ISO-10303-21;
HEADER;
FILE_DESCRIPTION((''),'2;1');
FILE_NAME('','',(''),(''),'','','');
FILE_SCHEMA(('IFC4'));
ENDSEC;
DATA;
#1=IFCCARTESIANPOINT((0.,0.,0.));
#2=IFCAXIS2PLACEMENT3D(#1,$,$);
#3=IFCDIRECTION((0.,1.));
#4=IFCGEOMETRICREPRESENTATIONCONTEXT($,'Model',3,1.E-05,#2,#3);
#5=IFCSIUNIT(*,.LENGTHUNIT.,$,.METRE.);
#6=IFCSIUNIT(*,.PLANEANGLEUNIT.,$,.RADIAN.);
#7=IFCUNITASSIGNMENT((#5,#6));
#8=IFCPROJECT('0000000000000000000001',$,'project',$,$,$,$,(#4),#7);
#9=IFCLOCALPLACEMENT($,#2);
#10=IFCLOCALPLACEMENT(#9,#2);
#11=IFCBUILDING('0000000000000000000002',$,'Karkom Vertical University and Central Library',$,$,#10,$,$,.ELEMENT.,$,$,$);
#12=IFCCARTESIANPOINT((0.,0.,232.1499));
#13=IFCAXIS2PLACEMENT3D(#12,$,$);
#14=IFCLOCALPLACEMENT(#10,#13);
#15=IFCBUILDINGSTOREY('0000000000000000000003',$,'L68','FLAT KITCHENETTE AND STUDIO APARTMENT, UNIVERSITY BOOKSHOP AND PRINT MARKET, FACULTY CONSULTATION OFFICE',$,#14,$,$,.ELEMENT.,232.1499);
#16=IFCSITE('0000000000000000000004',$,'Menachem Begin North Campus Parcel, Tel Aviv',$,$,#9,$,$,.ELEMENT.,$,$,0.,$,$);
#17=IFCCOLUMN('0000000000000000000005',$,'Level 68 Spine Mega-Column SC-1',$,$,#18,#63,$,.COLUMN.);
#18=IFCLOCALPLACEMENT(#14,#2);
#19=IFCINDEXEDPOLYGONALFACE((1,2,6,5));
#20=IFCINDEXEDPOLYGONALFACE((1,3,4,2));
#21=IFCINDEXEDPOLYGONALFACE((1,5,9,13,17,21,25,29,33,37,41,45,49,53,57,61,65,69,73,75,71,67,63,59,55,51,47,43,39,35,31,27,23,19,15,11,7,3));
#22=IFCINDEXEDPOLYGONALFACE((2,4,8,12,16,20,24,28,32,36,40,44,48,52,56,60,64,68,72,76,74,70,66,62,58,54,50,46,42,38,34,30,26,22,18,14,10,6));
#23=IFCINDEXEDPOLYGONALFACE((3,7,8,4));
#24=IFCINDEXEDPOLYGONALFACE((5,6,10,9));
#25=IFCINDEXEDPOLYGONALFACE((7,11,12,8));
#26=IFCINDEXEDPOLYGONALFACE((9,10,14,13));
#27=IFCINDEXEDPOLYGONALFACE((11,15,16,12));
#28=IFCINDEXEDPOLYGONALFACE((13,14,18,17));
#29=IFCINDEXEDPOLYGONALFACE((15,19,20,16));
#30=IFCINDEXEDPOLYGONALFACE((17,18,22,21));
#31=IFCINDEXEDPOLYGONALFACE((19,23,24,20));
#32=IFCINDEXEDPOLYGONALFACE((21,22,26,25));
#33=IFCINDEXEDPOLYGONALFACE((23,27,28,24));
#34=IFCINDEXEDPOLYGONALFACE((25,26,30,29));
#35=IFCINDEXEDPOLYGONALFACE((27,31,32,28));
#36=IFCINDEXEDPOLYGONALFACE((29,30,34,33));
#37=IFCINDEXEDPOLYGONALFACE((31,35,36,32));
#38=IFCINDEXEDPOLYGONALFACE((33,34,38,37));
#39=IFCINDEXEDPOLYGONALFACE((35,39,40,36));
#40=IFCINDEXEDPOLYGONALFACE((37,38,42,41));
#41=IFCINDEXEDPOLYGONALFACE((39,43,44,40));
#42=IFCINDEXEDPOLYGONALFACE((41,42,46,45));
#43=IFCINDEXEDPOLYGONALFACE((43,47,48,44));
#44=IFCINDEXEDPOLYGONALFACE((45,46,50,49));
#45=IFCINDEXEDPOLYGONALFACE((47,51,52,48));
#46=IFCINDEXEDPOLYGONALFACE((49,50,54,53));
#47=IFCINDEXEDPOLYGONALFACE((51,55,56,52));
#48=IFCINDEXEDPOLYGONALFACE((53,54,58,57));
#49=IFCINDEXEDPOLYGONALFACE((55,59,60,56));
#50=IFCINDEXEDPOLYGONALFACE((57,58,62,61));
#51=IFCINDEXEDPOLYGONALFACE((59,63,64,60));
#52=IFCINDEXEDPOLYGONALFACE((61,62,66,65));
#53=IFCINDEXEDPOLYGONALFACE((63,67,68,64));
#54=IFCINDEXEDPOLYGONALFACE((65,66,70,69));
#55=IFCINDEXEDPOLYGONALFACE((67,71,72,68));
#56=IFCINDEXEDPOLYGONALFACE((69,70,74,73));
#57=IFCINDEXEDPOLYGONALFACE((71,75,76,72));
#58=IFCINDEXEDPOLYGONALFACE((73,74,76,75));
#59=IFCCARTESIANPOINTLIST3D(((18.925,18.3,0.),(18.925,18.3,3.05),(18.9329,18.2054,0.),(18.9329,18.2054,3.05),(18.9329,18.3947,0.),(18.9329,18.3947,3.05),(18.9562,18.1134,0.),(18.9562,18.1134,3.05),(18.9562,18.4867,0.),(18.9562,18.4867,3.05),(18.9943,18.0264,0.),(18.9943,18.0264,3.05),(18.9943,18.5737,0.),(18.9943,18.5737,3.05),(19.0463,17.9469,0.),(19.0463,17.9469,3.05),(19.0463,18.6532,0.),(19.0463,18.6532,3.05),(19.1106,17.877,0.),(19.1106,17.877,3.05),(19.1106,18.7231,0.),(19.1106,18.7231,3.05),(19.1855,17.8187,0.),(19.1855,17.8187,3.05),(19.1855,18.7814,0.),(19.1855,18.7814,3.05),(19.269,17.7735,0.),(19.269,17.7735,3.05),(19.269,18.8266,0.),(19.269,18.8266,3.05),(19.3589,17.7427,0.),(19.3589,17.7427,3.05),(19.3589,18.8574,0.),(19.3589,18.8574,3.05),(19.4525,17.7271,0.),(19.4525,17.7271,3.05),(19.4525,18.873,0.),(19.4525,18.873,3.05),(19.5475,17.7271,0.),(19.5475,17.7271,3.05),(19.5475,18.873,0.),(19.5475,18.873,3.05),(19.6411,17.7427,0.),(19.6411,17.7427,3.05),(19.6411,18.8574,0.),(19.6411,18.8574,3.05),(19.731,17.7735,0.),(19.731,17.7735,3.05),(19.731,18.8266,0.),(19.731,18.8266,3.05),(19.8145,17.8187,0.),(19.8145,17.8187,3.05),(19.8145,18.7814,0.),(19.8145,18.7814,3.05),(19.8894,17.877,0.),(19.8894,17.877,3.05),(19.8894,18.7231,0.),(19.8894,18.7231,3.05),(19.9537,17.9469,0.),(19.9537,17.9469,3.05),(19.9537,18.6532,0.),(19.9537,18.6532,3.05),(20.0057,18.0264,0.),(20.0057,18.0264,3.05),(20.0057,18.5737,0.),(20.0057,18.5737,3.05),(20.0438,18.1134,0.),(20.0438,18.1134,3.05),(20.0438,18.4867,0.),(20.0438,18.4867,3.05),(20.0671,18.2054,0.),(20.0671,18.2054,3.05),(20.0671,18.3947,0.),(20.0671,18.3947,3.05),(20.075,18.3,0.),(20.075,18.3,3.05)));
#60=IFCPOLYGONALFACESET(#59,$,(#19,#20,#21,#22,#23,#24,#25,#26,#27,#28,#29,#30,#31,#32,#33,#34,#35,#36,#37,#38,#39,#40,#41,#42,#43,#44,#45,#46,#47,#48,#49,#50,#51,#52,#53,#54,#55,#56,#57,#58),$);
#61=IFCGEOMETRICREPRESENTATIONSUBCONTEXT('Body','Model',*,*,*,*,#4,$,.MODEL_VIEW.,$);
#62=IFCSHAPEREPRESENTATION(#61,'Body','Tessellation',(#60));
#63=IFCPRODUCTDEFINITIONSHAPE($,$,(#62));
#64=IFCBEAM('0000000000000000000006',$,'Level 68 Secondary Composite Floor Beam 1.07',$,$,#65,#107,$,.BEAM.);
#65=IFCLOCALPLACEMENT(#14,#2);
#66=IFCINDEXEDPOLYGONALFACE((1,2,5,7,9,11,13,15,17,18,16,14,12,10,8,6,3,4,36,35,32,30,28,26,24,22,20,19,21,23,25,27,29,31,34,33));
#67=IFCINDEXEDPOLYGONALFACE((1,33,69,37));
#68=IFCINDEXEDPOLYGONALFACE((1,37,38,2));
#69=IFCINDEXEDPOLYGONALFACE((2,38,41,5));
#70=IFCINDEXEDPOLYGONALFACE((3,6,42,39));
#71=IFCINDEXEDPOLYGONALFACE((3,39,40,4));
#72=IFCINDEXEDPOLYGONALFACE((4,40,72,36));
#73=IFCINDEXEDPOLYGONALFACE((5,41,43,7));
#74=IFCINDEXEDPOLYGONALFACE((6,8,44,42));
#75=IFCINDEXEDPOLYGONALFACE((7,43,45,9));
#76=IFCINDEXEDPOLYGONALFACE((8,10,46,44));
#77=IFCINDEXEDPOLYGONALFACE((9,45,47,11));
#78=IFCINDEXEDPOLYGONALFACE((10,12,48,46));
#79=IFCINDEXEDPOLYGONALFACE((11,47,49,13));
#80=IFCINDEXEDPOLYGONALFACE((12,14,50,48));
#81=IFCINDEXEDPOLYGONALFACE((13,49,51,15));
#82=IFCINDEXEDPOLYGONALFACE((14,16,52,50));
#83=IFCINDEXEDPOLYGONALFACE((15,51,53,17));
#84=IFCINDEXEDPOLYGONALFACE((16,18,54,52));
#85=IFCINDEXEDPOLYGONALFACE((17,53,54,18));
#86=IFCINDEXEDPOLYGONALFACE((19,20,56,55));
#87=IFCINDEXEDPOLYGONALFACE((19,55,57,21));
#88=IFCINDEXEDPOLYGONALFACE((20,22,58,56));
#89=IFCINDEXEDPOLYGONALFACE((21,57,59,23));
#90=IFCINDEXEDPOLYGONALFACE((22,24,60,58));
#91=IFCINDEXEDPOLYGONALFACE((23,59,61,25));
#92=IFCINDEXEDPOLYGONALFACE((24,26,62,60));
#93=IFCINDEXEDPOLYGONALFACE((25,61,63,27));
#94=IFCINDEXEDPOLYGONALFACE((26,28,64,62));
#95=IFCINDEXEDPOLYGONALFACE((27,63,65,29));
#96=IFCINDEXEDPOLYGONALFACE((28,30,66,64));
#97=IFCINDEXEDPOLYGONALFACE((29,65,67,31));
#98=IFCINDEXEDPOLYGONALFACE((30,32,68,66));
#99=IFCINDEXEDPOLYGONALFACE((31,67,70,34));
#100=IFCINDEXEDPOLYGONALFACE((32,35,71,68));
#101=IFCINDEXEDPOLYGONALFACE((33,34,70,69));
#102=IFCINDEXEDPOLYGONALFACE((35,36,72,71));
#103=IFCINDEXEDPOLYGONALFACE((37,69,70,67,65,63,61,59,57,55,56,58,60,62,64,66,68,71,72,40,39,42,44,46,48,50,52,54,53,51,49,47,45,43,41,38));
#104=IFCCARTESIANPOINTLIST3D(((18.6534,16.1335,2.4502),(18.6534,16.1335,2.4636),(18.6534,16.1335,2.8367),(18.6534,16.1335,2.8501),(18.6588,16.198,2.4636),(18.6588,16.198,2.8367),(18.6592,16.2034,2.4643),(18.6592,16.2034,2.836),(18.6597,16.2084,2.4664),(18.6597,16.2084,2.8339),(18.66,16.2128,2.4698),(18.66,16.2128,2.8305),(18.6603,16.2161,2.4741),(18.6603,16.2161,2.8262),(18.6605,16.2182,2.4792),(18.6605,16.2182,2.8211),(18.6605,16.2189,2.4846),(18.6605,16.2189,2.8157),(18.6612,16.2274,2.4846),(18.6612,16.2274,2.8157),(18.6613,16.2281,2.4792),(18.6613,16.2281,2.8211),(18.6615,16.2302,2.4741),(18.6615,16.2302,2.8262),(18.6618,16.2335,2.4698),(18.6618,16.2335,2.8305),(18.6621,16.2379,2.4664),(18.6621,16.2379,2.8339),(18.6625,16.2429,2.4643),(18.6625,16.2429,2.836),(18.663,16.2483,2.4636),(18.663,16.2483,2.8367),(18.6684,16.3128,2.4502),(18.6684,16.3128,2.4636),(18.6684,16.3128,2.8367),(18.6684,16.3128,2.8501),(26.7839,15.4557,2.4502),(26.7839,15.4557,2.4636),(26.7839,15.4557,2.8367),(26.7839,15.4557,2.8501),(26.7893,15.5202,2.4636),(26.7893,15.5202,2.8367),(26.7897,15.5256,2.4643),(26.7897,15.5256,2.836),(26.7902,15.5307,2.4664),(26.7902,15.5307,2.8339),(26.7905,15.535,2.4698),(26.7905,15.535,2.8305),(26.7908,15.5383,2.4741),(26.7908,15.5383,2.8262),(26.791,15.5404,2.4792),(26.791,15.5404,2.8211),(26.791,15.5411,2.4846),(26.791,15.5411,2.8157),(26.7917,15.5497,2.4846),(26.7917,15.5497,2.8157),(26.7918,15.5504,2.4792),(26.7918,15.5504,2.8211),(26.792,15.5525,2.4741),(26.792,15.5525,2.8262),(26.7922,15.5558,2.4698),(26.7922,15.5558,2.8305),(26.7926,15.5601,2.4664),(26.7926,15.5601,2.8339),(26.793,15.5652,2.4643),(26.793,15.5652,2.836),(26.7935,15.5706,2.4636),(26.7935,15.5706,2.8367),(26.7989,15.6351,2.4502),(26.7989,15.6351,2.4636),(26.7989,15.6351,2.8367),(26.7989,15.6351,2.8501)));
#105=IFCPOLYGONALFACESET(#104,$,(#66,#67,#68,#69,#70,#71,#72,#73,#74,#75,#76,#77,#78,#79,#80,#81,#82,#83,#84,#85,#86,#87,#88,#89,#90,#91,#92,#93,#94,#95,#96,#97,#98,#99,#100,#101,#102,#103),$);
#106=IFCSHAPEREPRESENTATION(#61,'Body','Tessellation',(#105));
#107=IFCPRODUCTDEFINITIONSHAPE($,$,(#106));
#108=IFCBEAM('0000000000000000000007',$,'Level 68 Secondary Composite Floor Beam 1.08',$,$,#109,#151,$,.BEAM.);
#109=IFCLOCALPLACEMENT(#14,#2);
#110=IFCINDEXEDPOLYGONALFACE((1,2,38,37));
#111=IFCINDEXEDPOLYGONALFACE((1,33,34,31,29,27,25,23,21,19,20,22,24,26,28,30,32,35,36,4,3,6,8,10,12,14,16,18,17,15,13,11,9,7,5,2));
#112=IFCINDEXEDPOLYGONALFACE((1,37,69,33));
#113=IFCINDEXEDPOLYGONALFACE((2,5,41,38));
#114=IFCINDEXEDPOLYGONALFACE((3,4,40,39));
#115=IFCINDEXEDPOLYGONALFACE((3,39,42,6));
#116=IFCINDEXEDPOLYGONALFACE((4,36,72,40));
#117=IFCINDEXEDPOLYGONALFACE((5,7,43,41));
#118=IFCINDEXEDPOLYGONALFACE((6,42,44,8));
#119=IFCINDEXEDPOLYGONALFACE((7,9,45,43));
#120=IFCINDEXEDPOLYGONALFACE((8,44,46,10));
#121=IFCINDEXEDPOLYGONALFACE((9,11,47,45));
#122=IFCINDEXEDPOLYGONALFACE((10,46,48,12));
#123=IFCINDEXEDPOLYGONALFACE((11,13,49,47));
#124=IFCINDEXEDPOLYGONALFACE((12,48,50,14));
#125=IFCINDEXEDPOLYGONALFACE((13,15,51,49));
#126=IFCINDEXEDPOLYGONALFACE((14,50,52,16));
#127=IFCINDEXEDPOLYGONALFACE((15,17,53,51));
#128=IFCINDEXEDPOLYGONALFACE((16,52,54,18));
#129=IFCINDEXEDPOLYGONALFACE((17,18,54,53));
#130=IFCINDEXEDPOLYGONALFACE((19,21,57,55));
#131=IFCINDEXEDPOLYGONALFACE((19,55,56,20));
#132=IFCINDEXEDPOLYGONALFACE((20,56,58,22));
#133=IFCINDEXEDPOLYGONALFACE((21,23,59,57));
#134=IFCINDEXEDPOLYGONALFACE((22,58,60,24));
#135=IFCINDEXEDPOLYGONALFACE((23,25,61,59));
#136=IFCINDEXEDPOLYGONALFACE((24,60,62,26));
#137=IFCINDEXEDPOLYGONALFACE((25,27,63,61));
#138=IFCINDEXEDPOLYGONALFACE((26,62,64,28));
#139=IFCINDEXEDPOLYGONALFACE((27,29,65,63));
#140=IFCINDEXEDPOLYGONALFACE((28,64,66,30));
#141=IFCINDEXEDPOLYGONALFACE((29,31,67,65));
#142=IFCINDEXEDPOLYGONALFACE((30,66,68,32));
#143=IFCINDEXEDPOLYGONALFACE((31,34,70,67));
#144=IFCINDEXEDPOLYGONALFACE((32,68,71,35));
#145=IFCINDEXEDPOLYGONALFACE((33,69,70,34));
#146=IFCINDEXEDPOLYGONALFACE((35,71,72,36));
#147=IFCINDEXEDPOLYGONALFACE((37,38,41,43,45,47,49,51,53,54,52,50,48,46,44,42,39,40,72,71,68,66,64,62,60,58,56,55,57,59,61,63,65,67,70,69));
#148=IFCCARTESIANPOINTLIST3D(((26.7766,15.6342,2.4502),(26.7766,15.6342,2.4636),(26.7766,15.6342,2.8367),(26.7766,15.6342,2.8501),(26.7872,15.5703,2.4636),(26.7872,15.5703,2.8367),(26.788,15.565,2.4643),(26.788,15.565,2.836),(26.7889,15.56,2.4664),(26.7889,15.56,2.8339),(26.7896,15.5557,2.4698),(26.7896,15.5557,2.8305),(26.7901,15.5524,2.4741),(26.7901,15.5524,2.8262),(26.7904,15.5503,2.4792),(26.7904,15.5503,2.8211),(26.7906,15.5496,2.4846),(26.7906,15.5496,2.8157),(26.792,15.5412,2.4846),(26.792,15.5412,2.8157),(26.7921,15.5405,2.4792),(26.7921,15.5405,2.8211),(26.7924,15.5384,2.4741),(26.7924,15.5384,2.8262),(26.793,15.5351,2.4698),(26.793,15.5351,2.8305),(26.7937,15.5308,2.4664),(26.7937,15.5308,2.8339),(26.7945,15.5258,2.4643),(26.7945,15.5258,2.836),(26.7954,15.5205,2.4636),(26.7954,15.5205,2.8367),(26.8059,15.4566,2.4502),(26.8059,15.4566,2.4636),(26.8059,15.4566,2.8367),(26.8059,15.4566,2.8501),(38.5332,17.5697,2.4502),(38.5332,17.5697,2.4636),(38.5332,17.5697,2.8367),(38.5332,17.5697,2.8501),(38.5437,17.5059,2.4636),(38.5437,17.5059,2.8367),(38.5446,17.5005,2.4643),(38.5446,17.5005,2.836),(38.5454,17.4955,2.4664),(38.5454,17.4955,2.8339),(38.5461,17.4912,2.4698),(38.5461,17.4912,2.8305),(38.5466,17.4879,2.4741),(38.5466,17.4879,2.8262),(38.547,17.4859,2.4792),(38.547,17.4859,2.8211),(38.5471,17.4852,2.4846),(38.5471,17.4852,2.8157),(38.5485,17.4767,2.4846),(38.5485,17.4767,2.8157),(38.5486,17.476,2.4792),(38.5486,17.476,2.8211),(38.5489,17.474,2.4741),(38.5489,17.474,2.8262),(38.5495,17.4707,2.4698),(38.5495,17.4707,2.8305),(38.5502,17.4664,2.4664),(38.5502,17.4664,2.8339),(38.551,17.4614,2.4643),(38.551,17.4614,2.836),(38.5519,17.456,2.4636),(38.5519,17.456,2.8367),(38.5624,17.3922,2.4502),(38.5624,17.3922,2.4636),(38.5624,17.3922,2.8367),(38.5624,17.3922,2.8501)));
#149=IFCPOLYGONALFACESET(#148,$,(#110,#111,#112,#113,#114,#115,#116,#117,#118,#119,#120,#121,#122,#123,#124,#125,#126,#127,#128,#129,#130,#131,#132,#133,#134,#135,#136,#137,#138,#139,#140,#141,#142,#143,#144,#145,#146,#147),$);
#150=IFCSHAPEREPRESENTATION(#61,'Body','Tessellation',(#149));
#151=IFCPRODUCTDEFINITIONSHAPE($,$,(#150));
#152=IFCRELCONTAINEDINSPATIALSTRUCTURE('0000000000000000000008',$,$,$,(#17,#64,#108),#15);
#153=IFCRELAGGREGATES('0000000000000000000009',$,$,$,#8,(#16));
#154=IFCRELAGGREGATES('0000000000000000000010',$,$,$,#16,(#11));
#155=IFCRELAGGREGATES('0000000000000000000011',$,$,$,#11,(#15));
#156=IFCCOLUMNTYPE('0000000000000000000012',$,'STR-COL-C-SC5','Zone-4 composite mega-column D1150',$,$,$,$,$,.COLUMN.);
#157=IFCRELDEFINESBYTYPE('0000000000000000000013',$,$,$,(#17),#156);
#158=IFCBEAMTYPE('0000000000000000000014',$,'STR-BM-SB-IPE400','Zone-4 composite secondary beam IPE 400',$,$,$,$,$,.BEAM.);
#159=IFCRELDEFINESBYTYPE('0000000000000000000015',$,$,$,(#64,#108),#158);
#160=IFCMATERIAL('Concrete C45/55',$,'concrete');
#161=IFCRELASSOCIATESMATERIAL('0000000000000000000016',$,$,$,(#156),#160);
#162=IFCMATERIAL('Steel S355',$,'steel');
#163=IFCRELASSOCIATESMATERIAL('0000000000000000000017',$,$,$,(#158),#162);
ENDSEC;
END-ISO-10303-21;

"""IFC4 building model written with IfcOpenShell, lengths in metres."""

from ifc_helpers import new_model, si_unit, direction, frame, origin, origin_with_axes, origin_2d, place, context, subcontext, project, spatial, circle, i_section, extrude, source, transform, mapped, material, material_profile, profile_set, type_object, element, save


model = new_model("IFC4")

# Units and contexts
model_context = context("Model", 3, precision=1e-05, world=origin(), true_north=direction((0.0, 1.0)))
body_context = subcontext(model_context, "Body", "Model", "MODEL_VIEW")
ifc_project = project(units=[si_unit("LENGTHUNIT", "METRE"), si_unit("PLANEANGLEUNIT", "RADIAN")], contexts=[model_context])

# Site, building, storey
site_placement = place(None, origin())
site = spatial("IfcSite", under=ifc_project, at=site_placement, Name="Menachem Begin North Campus Parcel, Tel Aviv", CompositionType="ELEMENT", RefElevation=0.0)
building_placement = place(site_placement, origin())
building = spatial("IfcBuilding", under=site, at=building_placement, Name="Karkom Vertical University and Central Library", CompositionType="ELEMENT")
storey_placement = place(building_placement, frame((0.0, 0.0, 232.1499)))
storey = spatial("IfcBuildingStorey", under=building, at=storey_placement, Name="L68", Description="FLAT KITCHENETTE AND STUDIO APARTMENT, UNIVERSITY BOOKSHOP AND PRINT MARKET, FACULTY CONSULTATION OFFICE", CompositionType="ELEMENT", Elevation=232.1499)

# Column
ifc_material_1 = material(Name="Concrete C45/55", Category="concrete")
ifc_material_profile_1 = material_profile(ifc_material_1, circle(Radius=0.575, at=origin_2d()), Name="CFT-D1150")
ifc_profile_set_1 = profile_set([ifc_material_profile_1], Name="Concrete C45/55")
column_type = type_object("IfcColumnType", Name="STR-COL-C-SC5", Description="Zone-4 composite mega-column D1150", PredefinedType="COLUMN", material=ifc_profile_set_1)
shared_shape_1 = source(origin_with_axes(), body_context, "Body", "SweptSolid", [
    extrude(circle(Radius=0.575, at=origin_2d()), origin(), (0.0, 0.0, 1.0), 3.05),
])
column_placement = place(storey_placement, frame((19.5, 18.3, 0.0), z_axis=(0.0, 0.0, 1.0), x_axis=(1.0, 0.0, 0.0)))
element("IfcColumn", 1, at=column_placement, inside=storey, type_object=column_type, Name="Level 68 Spine Mega-Column SC-1", PredefinedType="COLUMN", context=body_context, shape_type="MappedRepresentation", body=[
    mapped(shared_shape_1, transform((0.0, 0.0, 0.0), scale=1.0)),
])

# Beams
ifc_material_2 = material(Name="Steel S355", Category="steel")
ifc_material_profile_2 = material_profile(ifc_material_2, i_section(OverallWidth=0.1799, OverallDepth=0.3999, WebThickness=0.0085, FlangeThickness=0.0134, FilletRadius=0.021, at=origin_2d()), Name="IPE 400")
ifc_profile_set_2 = profile_set([ifc_material_profile_2], Name="Steel S355")
beam_type_1 = type_object("IfcBeamType", Name="STR-BM-SB-IPE400", Description="Zone-4 composite secondary beam IPE 400", PredefinedType="BEAM", material=ifc_profile_set_2)
shared_shape_2 = source(origin_with_axes(), body_context, "Body", "SweptSolid", [
    extrude(i_section(OverallWidth=0.1799, OverallDepth=0.3999, WebThickness=0.0085, FlangeThickness=0.0134, FilletRadius=0.021, at=origin_2d()), origin(), (0.0, 0.0, 1.0), 8.1587),
])
beam_1_placement = place(storey_placement, frame((18.6609, 16.2231, 2.6501), z_axis=(0.996544, -0.08307, 0.0), x_axis=(0.08307, 0.996544, 0.0)))
element("IfcBeam", 2, at=beam_1_placement, inside=storey, type_object=beam_type_1, Name="Level 68 Secondary Composite Floor Beam 1.07", PredefinedType="BEAM", context=body_context, shape_type="MappedRepresentation", body=[
    mapped(shared_shape_2, transform((0.0, 0.0, 0.0), scale=1.0)),
])
shared_shape_3 = source(origin_with_axes(), body_context, "Body", "SweptSolid", [
    extrude(i_section(OverallWidth=0.1799, OverallDepth=0.3999, WebThickness=0.0085, FlangeThickness=0.0134, FilletRadius=0.021, at=origin_2d()), origin(), (0.0, 0.0, 1.0), 11.9148),
])
beam_2_placement = place(storey_placement, frame((26.7913, 15.5454, 2.6501), z_axis=(0.986717, 0.162448, 0.0), x_axis=(-0.162448, 0.986717, 0.0)))
element("IfcBeam", 3, at=beam_2_placement, inside=storey, type_object=beam_type_1, Name="Level 68 Secondary Composite Floor Beam 1.08", PredefinedType="BEAM", context=body_context, shape_type="MappedRepresentation", body=[
    mapped(shared_shape_3, transform((0.0, 0.0, 0.0), scale=1.0)),
])

save(model, "model.ifc")
